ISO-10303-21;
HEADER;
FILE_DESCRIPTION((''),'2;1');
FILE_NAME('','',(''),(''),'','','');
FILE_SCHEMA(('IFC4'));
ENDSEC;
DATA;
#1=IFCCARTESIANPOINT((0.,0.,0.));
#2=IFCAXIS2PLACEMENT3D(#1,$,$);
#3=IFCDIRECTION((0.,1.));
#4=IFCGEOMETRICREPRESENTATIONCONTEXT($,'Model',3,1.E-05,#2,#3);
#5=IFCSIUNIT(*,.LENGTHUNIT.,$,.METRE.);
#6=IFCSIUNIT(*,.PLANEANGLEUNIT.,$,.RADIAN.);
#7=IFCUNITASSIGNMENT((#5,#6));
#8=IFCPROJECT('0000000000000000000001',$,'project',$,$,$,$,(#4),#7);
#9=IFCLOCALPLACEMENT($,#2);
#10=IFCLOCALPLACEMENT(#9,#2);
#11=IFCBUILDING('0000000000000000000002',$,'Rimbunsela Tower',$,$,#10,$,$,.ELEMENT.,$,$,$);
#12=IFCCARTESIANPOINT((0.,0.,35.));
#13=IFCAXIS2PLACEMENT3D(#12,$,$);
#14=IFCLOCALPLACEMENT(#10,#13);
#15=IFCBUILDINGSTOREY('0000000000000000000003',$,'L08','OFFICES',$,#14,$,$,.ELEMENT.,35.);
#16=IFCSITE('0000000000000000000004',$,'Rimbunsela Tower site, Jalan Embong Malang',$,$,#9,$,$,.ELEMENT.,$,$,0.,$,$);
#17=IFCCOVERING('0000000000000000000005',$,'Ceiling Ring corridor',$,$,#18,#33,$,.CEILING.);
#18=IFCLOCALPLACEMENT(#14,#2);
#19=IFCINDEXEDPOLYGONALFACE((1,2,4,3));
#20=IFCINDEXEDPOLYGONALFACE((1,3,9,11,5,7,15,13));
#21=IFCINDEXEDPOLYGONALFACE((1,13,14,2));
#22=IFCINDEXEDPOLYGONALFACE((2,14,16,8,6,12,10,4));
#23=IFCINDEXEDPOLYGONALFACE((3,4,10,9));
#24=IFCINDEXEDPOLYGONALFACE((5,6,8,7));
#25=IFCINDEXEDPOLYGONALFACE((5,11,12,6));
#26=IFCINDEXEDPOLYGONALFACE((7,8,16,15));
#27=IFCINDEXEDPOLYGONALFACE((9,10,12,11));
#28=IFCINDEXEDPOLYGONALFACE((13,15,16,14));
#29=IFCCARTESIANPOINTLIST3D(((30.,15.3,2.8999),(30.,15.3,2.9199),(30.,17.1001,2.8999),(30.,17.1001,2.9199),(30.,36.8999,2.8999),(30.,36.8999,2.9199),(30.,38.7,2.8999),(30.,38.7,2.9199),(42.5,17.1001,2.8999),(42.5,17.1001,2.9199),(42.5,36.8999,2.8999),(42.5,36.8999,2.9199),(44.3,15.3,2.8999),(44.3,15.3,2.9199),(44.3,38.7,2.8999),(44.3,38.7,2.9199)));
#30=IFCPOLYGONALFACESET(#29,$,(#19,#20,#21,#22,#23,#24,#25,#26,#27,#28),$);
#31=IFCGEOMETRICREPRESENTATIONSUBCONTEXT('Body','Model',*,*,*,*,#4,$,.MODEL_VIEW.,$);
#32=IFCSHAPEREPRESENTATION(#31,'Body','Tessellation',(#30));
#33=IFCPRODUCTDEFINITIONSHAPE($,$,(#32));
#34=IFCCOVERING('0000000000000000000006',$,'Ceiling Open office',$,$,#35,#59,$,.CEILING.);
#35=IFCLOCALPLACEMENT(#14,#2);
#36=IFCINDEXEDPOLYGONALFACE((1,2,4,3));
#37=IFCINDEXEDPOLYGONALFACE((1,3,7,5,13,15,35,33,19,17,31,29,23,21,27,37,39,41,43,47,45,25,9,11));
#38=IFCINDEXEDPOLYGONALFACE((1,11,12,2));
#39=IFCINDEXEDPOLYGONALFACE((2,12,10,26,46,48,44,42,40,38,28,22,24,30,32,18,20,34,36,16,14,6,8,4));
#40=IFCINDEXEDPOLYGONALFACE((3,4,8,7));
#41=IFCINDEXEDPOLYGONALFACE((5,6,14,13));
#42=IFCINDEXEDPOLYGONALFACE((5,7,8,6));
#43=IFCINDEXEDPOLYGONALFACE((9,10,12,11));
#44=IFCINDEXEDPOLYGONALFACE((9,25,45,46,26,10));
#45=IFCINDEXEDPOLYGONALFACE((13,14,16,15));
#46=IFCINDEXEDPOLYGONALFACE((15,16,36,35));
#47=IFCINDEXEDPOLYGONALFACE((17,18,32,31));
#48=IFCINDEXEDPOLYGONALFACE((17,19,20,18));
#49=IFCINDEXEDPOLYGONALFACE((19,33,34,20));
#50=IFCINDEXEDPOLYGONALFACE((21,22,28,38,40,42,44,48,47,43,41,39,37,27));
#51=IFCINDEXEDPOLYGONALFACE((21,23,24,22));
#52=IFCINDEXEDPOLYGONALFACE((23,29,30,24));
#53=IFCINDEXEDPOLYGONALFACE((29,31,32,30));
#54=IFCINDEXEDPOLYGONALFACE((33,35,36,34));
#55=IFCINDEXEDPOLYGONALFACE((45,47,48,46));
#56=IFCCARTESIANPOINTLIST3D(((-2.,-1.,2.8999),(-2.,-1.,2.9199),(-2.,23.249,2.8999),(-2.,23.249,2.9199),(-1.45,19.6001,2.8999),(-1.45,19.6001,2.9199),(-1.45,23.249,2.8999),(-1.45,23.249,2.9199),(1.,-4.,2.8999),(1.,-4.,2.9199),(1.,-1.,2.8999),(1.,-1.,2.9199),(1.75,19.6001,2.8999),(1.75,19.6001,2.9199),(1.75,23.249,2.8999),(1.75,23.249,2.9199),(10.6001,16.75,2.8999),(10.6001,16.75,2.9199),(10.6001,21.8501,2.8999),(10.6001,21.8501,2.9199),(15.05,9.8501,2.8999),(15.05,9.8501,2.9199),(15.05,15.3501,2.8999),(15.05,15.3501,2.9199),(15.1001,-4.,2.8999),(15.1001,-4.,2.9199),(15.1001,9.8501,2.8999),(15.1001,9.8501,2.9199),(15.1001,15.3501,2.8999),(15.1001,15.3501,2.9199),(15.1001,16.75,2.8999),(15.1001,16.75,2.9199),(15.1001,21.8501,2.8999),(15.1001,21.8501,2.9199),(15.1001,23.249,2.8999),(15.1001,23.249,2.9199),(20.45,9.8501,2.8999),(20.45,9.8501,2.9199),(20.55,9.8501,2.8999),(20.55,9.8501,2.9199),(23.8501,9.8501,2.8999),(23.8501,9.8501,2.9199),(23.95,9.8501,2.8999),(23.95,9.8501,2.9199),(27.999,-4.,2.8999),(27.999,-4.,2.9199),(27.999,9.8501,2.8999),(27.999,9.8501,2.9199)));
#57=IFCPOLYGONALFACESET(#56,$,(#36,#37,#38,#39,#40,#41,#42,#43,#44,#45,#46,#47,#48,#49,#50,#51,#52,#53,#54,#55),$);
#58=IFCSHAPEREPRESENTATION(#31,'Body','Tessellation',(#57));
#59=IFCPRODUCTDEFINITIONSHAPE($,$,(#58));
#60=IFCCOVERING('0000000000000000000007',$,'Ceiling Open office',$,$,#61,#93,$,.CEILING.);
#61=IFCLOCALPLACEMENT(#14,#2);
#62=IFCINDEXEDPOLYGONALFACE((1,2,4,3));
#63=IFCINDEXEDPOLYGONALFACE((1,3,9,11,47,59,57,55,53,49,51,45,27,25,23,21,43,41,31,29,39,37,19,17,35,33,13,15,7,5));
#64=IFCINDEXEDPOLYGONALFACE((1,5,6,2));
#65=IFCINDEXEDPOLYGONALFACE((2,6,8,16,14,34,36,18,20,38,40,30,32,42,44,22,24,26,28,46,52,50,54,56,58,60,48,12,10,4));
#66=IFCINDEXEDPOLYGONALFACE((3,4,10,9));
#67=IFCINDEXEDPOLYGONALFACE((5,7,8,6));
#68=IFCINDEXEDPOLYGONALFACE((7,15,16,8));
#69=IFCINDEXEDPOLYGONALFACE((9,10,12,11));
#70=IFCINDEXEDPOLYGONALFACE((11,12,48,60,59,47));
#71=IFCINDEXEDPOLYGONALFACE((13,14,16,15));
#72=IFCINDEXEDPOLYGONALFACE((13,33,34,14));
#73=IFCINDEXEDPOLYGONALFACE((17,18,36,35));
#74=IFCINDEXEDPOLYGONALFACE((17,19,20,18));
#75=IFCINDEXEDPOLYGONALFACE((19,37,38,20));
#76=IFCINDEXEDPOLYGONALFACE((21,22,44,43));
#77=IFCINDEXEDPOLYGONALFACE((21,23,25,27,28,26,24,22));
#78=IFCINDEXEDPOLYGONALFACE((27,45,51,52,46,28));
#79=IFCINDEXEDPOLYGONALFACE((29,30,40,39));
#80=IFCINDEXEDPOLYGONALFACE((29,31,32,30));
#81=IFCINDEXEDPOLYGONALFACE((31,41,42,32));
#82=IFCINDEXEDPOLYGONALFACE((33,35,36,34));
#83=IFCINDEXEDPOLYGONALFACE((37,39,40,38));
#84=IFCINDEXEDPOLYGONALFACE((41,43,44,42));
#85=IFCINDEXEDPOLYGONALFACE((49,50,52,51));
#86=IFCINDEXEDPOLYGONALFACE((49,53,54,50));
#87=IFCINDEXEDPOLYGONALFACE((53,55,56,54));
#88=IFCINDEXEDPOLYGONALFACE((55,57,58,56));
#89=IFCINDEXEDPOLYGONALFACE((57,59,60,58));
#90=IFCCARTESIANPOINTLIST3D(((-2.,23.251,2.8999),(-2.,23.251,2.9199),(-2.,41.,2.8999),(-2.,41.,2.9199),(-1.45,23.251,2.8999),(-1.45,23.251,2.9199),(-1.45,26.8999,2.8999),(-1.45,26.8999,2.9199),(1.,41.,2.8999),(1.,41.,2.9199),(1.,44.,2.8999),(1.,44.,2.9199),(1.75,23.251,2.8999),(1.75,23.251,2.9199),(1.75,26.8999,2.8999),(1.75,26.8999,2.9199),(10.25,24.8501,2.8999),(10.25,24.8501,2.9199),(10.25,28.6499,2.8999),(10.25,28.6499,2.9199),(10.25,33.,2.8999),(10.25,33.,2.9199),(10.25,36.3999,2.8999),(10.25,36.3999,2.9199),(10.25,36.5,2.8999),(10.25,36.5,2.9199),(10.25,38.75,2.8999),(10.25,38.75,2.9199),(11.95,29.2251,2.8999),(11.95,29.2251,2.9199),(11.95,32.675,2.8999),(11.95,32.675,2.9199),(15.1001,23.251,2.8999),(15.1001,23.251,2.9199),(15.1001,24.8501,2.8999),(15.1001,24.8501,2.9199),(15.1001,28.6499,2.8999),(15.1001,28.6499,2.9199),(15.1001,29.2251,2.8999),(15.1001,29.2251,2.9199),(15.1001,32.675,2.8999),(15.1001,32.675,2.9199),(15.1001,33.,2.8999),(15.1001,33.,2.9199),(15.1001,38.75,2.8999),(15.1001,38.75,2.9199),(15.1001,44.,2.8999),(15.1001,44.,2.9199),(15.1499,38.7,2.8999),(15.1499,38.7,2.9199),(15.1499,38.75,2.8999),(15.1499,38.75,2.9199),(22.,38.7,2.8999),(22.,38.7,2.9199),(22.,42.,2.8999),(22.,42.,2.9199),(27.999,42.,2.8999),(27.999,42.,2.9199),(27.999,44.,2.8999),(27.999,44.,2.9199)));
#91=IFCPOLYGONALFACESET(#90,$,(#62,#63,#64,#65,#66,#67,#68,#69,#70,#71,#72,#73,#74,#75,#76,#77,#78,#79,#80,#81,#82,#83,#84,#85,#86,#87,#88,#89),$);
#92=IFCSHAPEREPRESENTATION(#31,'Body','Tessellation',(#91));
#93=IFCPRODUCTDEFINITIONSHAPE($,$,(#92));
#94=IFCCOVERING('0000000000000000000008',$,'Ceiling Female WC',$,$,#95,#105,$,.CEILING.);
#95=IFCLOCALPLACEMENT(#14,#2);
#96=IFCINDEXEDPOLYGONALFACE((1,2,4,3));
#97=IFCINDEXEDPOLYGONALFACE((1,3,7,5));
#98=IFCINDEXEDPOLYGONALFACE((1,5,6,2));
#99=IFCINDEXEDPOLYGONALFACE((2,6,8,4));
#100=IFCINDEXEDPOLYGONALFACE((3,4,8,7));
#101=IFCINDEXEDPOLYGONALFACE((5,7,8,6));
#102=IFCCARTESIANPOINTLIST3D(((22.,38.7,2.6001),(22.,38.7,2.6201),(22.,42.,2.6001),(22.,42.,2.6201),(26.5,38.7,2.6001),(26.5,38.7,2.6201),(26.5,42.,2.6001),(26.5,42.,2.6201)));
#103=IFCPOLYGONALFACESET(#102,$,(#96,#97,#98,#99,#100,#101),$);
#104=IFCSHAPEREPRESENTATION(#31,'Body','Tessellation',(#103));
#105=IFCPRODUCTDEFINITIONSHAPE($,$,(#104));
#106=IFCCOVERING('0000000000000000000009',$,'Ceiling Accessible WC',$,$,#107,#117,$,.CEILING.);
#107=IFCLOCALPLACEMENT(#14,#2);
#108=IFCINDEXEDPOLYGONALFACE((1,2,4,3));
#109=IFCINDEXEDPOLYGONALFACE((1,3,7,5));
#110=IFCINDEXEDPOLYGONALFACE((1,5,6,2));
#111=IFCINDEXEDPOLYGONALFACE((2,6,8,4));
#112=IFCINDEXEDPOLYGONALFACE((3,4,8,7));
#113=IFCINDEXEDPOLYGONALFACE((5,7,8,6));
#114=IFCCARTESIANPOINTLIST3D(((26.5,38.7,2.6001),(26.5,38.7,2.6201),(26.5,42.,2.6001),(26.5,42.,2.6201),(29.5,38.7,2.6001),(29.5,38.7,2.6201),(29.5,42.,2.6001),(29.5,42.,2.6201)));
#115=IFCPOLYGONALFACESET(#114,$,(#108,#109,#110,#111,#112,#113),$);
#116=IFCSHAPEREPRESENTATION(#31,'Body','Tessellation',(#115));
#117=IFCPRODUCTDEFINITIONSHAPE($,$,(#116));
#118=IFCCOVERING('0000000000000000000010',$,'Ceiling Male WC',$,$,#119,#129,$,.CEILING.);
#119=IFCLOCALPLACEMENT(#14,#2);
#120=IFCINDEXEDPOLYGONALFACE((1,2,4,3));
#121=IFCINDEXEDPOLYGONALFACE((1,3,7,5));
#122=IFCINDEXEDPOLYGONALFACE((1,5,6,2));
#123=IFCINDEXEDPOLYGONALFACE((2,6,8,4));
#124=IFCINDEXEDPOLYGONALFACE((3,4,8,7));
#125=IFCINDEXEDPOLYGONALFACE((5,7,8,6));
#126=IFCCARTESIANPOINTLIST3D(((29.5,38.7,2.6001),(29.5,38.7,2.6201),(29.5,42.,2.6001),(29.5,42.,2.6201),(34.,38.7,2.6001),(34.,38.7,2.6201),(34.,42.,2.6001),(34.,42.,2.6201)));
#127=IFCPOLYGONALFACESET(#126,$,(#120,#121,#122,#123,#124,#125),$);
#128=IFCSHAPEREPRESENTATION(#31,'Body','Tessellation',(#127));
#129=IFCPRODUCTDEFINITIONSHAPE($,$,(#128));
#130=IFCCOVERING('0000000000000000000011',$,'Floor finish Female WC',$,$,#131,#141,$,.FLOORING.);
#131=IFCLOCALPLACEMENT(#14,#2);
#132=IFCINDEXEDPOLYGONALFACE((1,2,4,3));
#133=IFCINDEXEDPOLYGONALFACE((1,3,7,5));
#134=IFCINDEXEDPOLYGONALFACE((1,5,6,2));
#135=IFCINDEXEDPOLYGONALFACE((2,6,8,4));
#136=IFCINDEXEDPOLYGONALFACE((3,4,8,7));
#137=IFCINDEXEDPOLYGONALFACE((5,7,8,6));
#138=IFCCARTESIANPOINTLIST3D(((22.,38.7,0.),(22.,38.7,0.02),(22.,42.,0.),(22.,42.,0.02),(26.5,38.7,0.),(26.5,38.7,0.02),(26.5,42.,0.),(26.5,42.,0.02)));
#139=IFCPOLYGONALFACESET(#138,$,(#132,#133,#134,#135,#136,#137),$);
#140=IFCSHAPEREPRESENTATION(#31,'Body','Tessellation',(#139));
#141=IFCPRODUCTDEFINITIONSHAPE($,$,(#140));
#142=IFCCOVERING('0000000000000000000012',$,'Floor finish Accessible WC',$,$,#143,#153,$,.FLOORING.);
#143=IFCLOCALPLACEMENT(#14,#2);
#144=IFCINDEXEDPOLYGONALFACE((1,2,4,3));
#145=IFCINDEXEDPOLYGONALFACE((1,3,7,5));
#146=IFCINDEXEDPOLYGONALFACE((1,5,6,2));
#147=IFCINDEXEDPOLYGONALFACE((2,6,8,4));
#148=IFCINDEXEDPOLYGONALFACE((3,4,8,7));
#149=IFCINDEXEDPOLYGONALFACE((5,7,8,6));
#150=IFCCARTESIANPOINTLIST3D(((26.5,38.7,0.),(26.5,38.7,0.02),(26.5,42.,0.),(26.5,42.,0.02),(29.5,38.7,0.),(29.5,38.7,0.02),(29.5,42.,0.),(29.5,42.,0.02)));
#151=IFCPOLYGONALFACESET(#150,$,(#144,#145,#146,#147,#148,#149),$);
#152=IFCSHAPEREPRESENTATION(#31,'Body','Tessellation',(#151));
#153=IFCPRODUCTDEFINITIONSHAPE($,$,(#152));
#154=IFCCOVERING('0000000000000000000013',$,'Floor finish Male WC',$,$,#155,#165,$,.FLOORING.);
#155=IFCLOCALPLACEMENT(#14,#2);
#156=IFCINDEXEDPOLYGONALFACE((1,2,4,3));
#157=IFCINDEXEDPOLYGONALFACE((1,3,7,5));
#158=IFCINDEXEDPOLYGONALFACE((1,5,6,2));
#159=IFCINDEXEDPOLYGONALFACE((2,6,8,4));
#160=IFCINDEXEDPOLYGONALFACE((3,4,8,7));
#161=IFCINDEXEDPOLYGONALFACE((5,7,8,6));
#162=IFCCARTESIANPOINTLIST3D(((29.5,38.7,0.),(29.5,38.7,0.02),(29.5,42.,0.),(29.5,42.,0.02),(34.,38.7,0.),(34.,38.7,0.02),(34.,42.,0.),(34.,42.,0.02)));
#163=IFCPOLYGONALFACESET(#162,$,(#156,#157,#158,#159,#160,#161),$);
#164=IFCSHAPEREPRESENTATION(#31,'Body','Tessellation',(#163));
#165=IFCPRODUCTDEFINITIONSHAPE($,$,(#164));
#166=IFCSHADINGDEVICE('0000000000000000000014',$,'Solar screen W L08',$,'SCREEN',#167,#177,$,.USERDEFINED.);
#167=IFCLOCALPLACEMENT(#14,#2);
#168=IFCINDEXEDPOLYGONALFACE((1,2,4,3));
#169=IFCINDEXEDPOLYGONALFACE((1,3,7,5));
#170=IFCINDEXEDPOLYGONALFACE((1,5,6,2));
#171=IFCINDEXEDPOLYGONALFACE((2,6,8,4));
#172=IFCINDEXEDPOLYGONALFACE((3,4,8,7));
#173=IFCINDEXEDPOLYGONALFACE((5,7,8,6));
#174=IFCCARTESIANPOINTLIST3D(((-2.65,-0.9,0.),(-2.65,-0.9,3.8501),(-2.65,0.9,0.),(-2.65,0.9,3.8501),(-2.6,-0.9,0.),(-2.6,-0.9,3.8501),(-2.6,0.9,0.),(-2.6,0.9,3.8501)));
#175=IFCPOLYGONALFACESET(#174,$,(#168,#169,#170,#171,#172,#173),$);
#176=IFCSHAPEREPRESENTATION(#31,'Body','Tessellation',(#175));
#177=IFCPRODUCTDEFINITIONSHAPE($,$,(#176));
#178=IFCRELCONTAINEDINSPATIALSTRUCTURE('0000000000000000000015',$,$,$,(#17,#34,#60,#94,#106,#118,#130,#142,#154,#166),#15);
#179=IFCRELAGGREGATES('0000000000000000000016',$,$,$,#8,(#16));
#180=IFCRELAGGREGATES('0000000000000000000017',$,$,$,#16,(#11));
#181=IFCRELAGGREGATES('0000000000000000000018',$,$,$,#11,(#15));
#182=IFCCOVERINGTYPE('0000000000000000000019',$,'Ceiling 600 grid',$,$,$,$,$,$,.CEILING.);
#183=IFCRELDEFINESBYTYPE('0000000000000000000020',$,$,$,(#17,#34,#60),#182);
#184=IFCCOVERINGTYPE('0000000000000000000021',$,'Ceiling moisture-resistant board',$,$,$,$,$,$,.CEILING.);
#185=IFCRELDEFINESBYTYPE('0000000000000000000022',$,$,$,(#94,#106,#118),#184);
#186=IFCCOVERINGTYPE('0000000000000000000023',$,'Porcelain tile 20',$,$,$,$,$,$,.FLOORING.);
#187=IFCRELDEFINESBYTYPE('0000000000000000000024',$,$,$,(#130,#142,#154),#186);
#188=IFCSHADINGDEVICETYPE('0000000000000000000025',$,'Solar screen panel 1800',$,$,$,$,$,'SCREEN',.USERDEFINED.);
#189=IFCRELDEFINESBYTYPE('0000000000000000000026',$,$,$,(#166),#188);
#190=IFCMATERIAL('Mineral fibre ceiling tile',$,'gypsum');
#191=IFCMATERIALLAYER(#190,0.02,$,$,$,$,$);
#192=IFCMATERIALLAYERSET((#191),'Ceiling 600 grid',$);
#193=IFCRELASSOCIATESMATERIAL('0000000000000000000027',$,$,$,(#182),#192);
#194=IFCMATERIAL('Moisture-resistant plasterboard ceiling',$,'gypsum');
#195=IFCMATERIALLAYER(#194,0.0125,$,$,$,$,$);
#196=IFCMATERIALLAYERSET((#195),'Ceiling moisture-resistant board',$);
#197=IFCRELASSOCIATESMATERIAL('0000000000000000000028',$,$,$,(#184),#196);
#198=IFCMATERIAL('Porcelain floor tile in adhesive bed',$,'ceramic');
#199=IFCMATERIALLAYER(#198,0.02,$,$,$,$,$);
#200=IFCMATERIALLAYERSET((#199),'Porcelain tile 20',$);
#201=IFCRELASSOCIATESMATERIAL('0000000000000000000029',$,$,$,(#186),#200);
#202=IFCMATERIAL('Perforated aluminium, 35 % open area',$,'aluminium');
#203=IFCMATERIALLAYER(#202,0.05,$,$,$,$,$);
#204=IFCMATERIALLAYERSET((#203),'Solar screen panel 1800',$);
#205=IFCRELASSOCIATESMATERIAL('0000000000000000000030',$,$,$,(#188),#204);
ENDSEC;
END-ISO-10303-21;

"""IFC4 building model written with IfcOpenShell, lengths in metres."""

from ifc_helpers import new_model, si_unit, direction, frame, origin, origin_2d, place, context, subcontext, project, spatial, polyline, rectangle, outline, extrude, material, layer, layer_set, type_object, element, save


model = new_model("IFC4")

# Units and contexts
model_context = context("Model", 3, precision=1e-05, world=origin(), true_north=direction((0.0, 1.0)))
body_context = subcontext(model_context, "Body", "Model", "MODEL_VIEW")
ifc_project = project(units=[si_unit("LENGTHUNIT", "METRE"), si_unit("PLANEANGLEUNIT", "RADIAN")], contexts=[model_context])

# Site, building, storey
site_placement = place(None, origin())
site = spatial("IfcSite", under=ifc_project, at=site_placement, Name="Rimbunsela Tower site, Jalan Embong Malang", CompositionType="ELEMENT", RefElevation=0.0)
building_placement = place(site_placement, origin())
building = spatial("IfcBuilding", under=site, at=building_placement, Name="Rimbunsela Tower", CompositionType="ELEMENT")
storey_placement = place(building_placement, frame((0.0, 0.0, 35.0)))
storey = spatial("IfcBuildingStorey", under=building, at=storey_placement, Name="L08", Description="OFFICES", CompositionType="ELEMENT", Elevation=35.0)

# Coverings
ifc_material_1 = material(Name="Mineral fibre ceiling tile", Category="gypsum")
ifc_layer_1 = layer(ifc_material_1, 0.02)
ifc_layer_set_1 = layer_set([ifc_layer_1], Name="Ceiling 600 grid")
covering_type_1 = type_object("IfcCoveringType", Name="Ceiling 600 grid", PredefinedType="CEILING", material=ifc_layer_set_1)
covering_1_placement = place(storey_placement, frame((0.0, 0.0, 2.8999)))
element("IfcCovering", 1, at=covering_1_placement, inside=storey, type_object=covering_type_1, Name="Ceiling Ring corridor", PredefinedType="CEILING", context=body_context, shape_type="SweptSolid", body=[
    extrude(outline(polyline([(44.3, 38.7), (44.3, 15.3), (30.0, 15.3), (30.0, 17.1001), (42.5, 17.1001), (42.5, 36.8999), (30.0, 36.8999), (30.0, 38.7), (44.3, 38.7)])), origin(), (0.0, 0.0, 1.0), 0.02),
])
covering_2_placement = place(storey_placement, frame((0.0, 0.0, 2.8999)))
element("IfcCovering", 2, at=covering_2_placement, inside=storey, type_object=covering_type_1, Name="Ceiling Open office", PredefinedType="CEILING", context=body_context, shape_type="SweptSolid", body=[
    extrude(outline(polyline([(20.55, 9.8501), (23.8501, 9.8501), (23.95, 9.8501), (27.999, 9.8501), (27.999, -4.0), (15.1001, -4.0), (1.0, -4.0), (1.0, -1.0), (-2.0, -1.0), (-2.0, 23.249), (-1.45, 23.249), (-1.45, 19.6001), (1.75, 19.6001), (1.75, 23.249), (15.1001, 23.249), (15.1001, 21.8501), (10.6001, 21.8501), (10.6001, 16.75), (15.1001, 16.75), (15.1001, 15.3501), (15.05, 15.3501), (15.05, 9.8501), (15.1001, 9.8501), (20.45, 9.8501), (20.55, 9.8501)])), origin(), (0.0, 0.0, 1.0), 0.02),
])
covering_3_placement = place(storey_placement, frame((0.0, 0.0, 2.8999)))
element("IfcCovering", 3, at=covering_3_placement, inside=storey, type_object=covering_type_1, Name="Ceiling Open office", PredefinedType="CEILING", context=body_context, shape_type="SweptSolid", body=[
    extrude(outline(polyline([(10.25, 36.5), (10.25, 36.3999), (10.25, 33.0), (15.1001, 33.0), (15.1001, 32.675), (11.95, 32.675), (11.95, 29.2251), (15.1001, 29.2251), (15.1001, 28.6499), (10.25, 28.6499), (10.25, 24.8501), (15.1001, 24.8501), (15.1001, 23.251), (1.75, 23.251), (1.75, 26.8999), (-1.45, 26.8999), (-1.45, 23.251), (-2.0, 23.251), (-2.0, 41.0), (1.0, 41.0), (1.0, 44.0), (15.1001, 44.0), (27.999, 44.0), (27.999, 42.0), (22.0, 42.0), (22.0, 38.7), (15.1499, 38.7), (15.1499, 38.75), (15.1001, 38.75), (10.25, 38.75), (10.25, 36.5)])), origin(), (0.0, 0.0, 1.0), 0.02),
])
ifc_material_2 = material(Name="Moisture-resistant plasterboard ceiling", Category="gypsum")
ifc_layer_2 = layer(ifc_material_2, 0.0125)
ifc_layer_set_2 = layer_set([ifc_layer_2], Name="Ceiling moisture-resistant board")
covering_type_2 = type_object("IfcCoveringType", Name="Ceiling moisture-resistant board", PredefinedType="CEILING", material=ifc_layer_set_2)
covering_4_placement = place(storey_placement, frame((0.0, 0.0, 2.6001)))
element("IfcCovering", 4, at=covering_4_placement, inside=storey, type_object=covering_type_2, Name="Ceiling Female WC", PredefinedType="CEILING", context=body_context, shape_type="SweptSolid", body=[
    extrude(outline(polyline([(26.5, 38.7), (26.5, 42.0), (22.0, 42.0), (22.0, 38.7), (26.5, 38.7)])), origin(), (0.0, 0.0, 1.0), 0.02),
])
covering_5_placement = place(storey_placement, frame((0.0, 0.0, 2.6001)))
element("IfcCovering", 5, at=covering_5_placement, inside=storey, type_object=covering_type_2, Name="Ceiling Accessible WC", PredefinedType="CEILING", context=body_context, shape_type="SweptSolid", body=[
    extrude(outline(polyline([(29.5, 38.7), (29.5, 42.0), (26.5, 42.0), (26.5, 38.7), (29.5, 38.7)])), origin(), (0.0, 0.0, 1.0), 0.02),
])
covering_6_placement = place(storey_placement, frame((0.0, 0.0, 2.6001)))
element("IfcCovering", 6, at=covering_6_placement, inside=storey, type_object=covering_type_2, Name="Ceiling Male WC", PredefinedType="CEILING", context=body_context, shape_type="SweptSolid", body=[
    extrude(outline(polyline([(34.0, 38.7), (34.0, 42.0), (29.5, 42.0), (29.5, 38.7), (34.0, 38.7)])), origin(), (0.0, 0.0, 1.0), 0.02),
])
ifc_material_3 = material(Name="Porcelain floor tile in adhesive bed", Category="ceramic")
ifc_layer_3 = layer(ifc_material_3, 0.02)
ifc_layer_set_3 = layer_set([ifc_layer_3], Name="Porcelain tile 20")
covering_type_3 = type_object("IfcCoveringType", Name="Porcelain tile 20", PredefinedType="FLOORING", material=ifc_layer_set_3)
covering_7_placement = place(storey_placement, origin())
element("IfcCovering", 7, at=covering_7_placement, inside=storey, type_object=covering_type_3, Name="Floor finish Female WC", PredefinedType="FLOORING", context=body_context, shape_type="SweptSolid", body=[
    extrude(outline(polyline([(26.5, 38.7), (26.5, 42.0), (22.0, 42.0), (22.0, 38.7), (26.5, 38.7)])), origin(), (0.0, 0.0, 1.0), 0.02),
])
covering_8_placement = place(storey_placement, origin())
element("IfcCovering", 8, at=covering_8_placement, inside=storey, type_object=covering_type_3, Name="Floor finish Accessible WC", PredefinedType="FLOORING", context=body_context, shape_type="SweptSolid", body=[
    extrude(outline(polyline([(29.5, 38.7), (29.5, 42.0), (26.5, 42.0), (26.5, 38.7), (29.5, 38.7)])), origin(), (0.0, 0.0, 1.0), 0.02),
])
covering_9_placement = place(storey_placement, origin())
element("IfcCovering", 9, at=covering_9_placement, inside=storey, type_object=covering_type_3, Name="Floor finish Male WC", PredefinedType="FLOORING", context=body_context, shape_type="SweptSolid", body=[
    extrude(outline(polyline([(34.0, 38.7), (34.0, 42.0), (29.5, 42.0), (29.5, 38.7), (34.0, 38.7)])), origin(), (0.0, 0.0, 1.0), 0.02),
])

# Shading device
ifc_material_4 = material(Name="Perforated aluminium, 35 % open area", Category="aluminium")
ifc_layer_4 = layer(ifc_material_4, 0.05)
ifc_layer_set_4 = layer_set([ifc_layer_4], Name="Solar screen panel 1800")
shading_device_type = type_object("IfcShadingDeviceType", Name="Solar screen panel 1800", ElementType="SCREEN", PredefinedType="USERDEFINED", material=ifc_layer_set_4)
shading_device_placement = place(storey_placement, frame((-2.625, 0.0, 0.0), z_axis=(0.0, 0.0, 1.0), x_axis=(0.0, 1.0, 0.0)))
element("IfcShadingDevice", 10, at=shading_device_placement, inside=storey, type_object=shading_device_type, Name="Solar screen W L08", ObjectType="SCREEN", PredefinedType="USERDEFINED", context=body_context, shape_type="SweptSolid", body=[
    extrude(rectangle(XDim=1.8, YDim=0.05, at=origin_2d()), origin(), (0.0, 0.0, 1.0), 3.8501),
])

save(model, "model.ifc")
